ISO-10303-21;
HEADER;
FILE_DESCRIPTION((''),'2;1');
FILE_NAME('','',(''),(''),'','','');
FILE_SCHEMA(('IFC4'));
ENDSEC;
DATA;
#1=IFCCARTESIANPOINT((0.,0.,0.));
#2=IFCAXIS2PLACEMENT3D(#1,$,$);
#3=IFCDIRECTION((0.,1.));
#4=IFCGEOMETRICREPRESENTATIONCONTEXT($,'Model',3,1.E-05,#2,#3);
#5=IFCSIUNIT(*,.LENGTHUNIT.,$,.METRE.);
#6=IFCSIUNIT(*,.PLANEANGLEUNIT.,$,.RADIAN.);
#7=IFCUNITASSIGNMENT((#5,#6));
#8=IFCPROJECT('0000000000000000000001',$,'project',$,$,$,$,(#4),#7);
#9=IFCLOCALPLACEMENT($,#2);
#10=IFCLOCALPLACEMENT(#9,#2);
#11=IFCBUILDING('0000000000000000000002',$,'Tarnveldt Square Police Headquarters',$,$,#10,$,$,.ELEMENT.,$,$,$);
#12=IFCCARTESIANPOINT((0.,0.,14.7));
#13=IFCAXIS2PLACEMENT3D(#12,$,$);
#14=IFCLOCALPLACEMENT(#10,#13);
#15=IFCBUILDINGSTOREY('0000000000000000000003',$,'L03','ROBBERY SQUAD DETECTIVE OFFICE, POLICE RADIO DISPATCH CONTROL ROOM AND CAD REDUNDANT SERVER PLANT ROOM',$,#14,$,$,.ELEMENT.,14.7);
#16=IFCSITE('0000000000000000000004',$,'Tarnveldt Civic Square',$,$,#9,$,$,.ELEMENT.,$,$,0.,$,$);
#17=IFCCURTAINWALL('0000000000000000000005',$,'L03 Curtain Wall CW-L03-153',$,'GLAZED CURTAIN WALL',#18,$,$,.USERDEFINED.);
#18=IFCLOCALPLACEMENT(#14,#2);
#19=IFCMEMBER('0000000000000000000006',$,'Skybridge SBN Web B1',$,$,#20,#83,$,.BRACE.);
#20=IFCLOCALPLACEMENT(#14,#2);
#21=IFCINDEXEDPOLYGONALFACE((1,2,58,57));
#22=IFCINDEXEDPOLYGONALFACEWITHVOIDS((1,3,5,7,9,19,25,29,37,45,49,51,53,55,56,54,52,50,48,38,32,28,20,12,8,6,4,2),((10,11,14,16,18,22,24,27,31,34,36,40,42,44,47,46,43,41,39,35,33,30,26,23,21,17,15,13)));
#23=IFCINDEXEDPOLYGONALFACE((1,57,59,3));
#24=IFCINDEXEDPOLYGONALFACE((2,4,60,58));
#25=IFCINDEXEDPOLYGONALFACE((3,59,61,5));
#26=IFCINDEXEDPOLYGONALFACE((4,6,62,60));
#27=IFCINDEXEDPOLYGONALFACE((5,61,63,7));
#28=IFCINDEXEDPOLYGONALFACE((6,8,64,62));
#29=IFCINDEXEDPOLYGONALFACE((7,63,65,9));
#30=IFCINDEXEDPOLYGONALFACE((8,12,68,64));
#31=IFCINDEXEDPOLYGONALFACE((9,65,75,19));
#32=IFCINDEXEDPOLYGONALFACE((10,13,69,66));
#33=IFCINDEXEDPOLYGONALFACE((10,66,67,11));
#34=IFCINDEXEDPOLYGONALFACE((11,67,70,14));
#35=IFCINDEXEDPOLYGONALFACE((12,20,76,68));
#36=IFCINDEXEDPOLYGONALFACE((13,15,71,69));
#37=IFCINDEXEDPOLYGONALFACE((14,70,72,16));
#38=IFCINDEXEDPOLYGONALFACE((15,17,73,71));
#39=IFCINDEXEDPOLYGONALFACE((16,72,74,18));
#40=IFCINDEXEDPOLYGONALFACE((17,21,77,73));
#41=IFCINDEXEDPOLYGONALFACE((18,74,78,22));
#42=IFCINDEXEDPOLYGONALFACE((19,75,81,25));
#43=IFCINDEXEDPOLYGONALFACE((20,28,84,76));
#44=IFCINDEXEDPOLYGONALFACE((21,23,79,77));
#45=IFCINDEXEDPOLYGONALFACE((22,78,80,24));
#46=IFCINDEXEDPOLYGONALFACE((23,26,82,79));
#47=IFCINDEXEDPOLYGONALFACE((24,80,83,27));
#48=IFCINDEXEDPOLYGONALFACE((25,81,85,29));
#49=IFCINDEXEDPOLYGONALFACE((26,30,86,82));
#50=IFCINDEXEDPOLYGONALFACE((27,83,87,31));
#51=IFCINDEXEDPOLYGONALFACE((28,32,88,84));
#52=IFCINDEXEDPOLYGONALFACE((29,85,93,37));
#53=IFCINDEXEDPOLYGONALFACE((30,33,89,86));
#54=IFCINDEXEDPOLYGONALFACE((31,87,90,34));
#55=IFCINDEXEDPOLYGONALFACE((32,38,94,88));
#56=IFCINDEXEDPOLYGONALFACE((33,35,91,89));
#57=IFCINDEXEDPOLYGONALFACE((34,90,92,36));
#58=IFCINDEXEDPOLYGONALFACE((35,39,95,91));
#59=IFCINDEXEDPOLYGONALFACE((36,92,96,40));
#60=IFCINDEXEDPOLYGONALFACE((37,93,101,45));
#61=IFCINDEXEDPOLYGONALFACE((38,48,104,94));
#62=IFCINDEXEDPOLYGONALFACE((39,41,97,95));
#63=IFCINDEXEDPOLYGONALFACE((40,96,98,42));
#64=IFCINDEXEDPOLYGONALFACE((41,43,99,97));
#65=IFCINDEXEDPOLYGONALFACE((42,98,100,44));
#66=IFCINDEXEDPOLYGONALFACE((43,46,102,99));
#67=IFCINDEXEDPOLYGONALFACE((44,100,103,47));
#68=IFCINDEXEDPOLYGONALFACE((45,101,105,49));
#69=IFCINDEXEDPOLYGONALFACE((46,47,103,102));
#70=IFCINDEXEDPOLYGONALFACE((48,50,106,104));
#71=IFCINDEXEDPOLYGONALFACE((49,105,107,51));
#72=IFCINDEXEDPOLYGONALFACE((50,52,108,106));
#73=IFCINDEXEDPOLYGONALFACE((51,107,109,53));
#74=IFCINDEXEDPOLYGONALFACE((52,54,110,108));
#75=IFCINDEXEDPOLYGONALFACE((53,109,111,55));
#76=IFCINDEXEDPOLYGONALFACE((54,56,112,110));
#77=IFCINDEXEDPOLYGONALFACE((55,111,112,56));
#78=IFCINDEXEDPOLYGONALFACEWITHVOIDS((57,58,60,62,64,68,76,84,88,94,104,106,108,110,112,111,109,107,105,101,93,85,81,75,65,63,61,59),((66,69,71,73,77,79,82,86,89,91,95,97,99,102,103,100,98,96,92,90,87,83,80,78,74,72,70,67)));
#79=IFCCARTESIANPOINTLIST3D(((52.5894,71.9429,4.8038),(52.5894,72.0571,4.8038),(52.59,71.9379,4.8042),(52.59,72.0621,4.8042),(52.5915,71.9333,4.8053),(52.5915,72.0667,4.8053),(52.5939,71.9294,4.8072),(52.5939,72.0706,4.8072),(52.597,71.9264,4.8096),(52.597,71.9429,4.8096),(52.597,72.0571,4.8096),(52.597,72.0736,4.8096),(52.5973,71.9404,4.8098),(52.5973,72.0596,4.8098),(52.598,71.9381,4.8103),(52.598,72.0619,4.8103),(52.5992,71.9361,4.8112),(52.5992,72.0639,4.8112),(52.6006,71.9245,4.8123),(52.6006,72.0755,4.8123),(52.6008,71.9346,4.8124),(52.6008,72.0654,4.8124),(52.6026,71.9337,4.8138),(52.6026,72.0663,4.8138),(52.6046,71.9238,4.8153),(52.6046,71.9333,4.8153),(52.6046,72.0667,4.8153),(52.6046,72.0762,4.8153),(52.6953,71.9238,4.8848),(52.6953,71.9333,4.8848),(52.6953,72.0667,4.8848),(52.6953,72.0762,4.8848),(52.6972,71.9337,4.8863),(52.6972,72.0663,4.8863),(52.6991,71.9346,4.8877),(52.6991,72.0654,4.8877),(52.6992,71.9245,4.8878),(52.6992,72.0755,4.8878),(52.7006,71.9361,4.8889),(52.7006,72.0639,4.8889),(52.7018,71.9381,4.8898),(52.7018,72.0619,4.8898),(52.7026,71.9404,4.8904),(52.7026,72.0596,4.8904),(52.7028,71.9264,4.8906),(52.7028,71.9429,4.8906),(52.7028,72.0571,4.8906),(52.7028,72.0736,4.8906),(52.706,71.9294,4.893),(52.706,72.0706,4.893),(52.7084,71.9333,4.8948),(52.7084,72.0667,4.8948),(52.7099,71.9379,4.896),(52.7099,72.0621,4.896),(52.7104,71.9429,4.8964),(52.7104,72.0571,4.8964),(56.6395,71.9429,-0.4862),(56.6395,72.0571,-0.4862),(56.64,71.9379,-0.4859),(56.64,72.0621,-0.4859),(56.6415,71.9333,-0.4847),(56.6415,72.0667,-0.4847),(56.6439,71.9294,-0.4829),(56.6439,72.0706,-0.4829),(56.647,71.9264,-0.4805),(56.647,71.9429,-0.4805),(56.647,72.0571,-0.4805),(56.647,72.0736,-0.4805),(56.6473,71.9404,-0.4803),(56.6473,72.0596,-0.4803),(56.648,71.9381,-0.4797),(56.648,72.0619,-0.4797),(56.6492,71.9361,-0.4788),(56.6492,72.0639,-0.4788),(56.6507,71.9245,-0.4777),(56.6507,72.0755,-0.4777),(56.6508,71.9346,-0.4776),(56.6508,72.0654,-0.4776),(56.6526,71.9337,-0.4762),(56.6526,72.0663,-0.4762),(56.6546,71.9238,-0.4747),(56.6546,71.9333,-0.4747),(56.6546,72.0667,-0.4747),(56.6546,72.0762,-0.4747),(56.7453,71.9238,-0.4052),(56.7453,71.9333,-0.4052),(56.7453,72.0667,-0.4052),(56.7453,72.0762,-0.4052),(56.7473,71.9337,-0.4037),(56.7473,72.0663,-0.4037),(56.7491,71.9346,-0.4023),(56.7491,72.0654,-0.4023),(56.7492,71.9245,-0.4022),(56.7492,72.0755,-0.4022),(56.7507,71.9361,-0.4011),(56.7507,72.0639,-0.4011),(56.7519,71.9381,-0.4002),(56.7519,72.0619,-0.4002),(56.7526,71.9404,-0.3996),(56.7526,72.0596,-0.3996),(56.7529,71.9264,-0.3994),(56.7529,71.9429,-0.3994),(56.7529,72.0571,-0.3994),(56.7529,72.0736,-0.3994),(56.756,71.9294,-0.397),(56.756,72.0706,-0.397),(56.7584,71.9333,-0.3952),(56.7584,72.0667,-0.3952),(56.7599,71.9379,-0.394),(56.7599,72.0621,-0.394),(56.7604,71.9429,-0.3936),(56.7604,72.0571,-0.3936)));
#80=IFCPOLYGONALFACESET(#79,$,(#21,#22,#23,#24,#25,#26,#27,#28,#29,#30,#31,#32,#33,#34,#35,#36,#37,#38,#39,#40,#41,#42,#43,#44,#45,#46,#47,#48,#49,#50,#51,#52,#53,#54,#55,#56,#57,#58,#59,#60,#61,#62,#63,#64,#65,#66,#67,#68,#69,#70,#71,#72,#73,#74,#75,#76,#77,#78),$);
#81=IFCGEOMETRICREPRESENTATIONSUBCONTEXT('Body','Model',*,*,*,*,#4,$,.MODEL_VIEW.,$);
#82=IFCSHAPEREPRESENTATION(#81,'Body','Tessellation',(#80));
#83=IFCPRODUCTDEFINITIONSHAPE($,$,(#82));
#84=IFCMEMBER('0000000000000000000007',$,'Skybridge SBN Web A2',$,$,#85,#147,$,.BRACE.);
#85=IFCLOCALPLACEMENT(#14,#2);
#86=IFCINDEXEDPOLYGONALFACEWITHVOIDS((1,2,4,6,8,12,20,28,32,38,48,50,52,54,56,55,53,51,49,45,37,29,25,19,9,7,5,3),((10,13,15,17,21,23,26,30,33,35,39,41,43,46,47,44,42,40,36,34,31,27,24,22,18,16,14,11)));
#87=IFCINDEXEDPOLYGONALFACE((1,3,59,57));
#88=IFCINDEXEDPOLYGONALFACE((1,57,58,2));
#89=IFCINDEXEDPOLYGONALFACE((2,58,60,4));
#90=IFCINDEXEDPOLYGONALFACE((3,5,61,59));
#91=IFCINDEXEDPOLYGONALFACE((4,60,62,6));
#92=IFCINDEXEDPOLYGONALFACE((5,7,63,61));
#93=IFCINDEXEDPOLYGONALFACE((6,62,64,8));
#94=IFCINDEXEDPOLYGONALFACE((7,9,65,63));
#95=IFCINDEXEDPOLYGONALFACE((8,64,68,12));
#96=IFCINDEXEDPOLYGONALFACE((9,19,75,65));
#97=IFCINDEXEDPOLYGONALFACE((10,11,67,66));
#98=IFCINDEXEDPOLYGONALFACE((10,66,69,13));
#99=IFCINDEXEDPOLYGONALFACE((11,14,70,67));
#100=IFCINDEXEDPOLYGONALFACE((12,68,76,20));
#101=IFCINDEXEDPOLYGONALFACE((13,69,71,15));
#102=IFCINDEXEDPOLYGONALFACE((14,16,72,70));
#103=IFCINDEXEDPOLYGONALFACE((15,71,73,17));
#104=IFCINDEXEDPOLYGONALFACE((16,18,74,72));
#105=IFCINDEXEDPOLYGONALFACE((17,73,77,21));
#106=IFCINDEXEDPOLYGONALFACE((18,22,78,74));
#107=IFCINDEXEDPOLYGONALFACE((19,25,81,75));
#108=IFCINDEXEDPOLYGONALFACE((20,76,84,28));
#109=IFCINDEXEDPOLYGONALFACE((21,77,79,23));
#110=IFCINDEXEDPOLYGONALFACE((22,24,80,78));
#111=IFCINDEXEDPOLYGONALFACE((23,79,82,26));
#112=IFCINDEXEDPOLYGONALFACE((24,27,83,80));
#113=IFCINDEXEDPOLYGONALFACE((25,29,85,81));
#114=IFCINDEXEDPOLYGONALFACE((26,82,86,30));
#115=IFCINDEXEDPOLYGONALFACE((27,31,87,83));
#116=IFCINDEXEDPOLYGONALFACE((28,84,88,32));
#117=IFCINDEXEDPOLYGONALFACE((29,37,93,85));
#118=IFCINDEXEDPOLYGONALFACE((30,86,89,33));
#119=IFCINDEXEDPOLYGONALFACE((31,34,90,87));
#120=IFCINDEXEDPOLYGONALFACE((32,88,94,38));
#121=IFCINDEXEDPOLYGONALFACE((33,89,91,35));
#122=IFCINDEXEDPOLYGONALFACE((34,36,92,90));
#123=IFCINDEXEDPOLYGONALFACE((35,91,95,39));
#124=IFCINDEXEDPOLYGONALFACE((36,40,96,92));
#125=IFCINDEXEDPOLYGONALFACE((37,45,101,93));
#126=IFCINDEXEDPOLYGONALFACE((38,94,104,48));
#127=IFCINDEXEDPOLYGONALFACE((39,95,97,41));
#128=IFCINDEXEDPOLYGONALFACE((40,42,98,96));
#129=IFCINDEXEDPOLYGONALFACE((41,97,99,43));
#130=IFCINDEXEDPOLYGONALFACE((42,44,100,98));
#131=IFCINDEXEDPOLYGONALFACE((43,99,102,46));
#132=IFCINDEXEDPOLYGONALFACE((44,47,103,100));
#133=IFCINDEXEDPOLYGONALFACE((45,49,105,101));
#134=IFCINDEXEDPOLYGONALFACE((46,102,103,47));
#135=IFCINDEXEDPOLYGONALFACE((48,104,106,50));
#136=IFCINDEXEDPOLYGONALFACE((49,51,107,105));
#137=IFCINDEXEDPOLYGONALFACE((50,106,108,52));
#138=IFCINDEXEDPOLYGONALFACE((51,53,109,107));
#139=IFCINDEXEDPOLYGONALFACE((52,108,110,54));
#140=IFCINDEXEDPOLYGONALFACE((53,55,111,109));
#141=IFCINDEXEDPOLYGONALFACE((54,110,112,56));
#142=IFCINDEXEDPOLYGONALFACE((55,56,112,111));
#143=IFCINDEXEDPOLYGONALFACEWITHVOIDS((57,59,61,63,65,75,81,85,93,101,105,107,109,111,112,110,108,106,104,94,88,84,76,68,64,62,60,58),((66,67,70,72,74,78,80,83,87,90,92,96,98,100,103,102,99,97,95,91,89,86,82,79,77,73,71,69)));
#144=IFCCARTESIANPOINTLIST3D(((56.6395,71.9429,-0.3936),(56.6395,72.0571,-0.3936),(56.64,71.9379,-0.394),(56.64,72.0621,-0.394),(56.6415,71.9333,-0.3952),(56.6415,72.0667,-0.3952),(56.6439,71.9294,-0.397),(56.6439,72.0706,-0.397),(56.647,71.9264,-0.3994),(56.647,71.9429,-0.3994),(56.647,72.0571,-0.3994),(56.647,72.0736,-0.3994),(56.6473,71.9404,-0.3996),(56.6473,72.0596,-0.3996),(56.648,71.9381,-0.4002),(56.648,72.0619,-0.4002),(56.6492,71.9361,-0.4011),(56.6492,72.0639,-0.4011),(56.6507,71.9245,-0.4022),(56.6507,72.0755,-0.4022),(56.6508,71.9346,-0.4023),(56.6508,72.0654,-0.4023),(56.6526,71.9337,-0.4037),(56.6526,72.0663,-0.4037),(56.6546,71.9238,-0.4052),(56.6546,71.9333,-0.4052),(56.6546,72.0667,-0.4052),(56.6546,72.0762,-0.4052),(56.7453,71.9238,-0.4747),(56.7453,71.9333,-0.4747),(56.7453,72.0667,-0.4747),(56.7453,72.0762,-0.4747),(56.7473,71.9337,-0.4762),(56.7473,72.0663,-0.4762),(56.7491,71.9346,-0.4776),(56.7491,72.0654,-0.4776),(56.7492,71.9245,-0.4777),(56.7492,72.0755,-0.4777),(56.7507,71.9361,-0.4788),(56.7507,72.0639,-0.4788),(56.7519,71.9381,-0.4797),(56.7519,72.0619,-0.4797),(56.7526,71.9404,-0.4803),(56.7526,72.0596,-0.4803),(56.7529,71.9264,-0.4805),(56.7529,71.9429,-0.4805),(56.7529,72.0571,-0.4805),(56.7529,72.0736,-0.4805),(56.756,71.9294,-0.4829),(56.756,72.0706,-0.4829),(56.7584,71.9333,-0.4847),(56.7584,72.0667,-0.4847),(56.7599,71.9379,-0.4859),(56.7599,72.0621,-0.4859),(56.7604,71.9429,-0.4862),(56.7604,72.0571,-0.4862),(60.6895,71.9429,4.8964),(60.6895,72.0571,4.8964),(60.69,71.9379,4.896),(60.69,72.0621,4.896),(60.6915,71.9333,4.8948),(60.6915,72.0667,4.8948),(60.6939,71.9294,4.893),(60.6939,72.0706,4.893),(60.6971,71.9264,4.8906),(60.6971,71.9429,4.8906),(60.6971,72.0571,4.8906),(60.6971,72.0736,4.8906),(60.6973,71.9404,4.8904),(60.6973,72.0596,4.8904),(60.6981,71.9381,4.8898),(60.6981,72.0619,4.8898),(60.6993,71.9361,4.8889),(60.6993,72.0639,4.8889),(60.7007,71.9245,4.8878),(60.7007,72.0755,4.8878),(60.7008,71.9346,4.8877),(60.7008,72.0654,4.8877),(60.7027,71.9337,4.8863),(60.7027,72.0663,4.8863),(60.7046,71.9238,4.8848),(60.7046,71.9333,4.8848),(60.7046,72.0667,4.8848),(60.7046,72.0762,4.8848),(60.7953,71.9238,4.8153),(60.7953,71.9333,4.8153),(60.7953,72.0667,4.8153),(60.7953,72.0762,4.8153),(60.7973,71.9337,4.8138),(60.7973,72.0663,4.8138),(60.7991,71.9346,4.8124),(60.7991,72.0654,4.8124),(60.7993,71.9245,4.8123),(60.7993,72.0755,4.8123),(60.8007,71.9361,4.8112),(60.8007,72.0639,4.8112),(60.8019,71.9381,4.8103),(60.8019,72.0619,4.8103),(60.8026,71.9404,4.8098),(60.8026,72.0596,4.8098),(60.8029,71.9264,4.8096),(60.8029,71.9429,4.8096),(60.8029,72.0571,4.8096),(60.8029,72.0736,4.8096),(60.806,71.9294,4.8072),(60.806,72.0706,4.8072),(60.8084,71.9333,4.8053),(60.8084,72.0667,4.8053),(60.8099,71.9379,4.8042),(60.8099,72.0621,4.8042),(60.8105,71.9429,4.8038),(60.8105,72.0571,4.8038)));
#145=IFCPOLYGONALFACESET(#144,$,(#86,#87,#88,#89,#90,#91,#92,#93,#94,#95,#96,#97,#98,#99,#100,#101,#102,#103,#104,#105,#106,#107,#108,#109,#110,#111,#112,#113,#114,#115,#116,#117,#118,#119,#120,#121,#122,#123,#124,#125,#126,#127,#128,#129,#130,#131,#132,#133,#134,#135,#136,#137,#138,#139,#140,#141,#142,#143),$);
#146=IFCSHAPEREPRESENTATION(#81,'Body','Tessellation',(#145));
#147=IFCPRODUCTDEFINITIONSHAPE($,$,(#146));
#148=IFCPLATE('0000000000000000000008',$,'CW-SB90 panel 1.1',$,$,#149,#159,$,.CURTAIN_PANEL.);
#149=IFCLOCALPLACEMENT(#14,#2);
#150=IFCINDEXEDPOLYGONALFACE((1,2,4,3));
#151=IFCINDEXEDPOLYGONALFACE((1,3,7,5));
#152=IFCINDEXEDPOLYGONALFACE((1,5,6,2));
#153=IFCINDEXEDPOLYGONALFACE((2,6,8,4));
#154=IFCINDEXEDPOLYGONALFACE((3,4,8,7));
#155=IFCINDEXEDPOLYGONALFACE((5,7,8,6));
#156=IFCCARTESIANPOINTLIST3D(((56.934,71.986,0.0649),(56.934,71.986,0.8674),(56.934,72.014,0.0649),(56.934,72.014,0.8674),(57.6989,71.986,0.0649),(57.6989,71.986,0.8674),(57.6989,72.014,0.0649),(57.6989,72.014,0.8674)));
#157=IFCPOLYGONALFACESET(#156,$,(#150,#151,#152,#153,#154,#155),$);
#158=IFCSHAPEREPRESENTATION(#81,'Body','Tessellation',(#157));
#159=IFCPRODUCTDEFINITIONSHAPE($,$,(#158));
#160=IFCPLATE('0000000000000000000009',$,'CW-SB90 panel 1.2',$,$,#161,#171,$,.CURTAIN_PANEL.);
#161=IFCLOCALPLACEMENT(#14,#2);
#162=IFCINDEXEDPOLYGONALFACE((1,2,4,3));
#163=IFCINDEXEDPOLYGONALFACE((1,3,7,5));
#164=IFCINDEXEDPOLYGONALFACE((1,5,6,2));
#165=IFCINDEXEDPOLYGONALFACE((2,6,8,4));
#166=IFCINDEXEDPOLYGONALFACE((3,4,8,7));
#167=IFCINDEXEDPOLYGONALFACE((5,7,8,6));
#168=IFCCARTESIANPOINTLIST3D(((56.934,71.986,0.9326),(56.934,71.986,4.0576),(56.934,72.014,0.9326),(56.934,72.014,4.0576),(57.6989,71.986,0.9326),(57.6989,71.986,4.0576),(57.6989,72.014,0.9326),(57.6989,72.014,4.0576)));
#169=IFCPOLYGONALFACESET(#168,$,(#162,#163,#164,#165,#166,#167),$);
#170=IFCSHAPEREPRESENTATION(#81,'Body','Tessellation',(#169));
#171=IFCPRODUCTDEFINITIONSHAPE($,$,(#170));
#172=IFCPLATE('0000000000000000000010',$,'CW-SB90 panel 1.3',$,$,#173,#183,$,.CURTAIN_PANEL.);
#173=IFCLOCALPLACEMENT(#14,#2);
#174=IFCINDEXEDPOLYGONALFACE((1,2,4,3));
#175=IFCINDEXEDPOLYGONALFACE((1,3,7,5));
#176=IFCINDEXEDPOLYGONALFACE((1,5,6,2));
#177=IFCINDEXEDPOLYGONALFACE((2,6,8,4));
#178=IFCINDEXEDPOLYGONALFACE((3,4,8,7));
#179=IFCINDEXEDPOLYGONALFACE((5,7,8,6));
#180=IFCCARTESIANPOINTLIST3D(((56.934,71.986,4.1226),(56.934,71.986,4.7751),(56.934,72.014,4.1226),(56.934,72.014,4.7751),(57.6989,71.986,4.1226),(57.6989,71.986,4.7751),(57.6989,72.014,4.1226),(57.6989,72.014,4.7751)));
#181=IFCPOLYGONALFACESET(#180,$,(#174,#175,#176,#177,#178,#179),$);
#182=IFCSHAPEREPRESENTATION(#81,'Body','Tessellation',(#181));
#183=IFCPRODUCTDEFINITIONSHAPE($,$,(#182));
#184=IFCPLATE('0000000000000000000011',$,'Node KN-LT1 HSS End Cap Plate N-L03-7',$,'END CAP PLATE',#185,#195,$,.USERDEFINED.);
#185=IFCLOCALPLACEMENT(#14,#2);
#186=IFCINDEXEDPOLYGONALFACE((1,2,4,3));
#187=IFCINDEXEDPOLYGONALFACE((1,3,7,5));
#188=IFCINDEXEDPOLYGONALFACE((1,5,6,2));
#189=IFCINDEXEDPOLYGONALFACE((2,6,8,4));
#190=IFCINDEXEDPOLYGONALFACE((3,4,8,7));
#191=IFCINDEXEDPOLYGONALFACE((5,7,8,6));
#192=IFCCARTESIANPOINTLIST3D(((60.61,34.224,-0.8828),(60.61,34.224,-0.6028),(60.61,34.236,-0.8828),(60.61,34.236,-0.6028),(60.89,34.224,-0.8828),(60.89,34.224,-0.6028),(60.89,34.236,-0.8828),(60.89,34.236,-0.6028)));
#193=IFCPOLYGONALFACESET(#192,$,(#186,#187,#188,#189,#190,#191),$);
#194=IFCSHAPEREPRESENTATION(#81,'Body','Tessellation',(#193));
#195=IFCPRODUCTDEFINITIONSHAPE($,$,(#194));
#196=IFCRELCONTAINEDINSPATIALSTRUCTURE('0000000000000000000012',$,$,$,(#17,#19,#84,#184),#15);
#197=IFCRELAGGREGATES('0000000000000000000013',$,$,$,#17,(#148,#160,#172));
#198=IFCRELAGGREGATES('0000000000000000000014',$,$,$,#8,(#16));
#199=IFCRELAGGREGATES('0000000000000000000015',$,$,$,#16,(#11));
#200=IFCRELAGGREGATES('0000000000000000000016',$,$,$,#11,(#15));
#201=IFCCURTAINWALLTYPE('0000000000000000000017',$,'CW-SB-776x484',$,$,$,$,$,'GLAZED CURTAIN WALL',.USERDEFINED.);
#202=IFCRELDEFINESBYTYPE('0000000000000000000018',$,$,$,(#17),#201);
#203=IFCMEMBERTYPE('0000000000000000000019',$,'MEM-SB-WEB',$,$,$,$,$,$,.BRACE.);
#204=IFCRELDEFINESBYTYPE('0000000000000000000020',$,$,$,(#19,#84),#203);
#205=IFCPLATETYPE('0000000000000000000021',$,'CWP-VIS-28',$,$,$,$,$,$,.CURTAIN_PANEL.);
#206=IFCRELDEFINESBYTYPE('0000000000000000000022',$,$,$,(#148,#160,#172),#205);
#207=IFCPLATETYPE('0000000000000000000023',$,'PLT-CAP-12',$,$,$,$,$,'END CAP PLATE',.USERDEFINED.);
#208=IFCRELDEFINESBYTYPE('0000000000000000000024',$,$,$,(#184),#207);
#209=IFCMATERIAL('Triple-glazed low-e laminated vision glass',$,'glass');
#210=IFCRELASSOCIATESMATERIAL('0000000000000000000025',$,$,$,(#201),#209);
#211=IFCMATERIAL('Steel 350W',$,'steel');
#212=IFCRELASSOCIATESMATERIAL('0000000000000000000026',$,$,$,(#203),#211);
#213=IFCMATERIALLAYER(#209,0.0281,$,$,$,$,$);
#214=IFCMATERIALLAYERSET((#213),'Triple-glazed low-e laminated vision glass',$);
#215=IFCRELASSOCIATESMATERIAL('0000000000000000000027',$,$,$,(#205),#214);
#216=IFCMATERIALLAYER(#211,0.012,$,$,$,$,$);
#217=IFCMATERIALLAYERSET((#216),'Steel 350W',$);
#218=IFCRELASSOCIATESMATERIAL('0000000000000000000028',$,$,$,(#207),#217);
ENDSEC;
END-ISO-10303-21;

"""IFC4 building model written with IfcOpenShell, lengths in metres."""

from ifc_helpers import new_model, si_unit, direction, frame, origin, origin_2d, place, context, subcontext, project, spatial, rectangle, hollow_rectangle, extrude, material, layer, layer_set, material_profile, profile_set, type_object, element, aggregate, save


model = new_model("IFC4")

# Units and contexts
model_context = context("Model", 3, precision=1e-05, world=origin(), true_north=direction((0.0, 1.0)))
body_context = subcontext(model_context, "Body", "Model", "MODEL_VIEW")
ifc_project = project(units=[si_unit("LENGTHUNIT", "METRE"), si_unit("PLANEANGLEUNIT", "RADIAN")], contexts=[model_context])

# Site, building, storey
site_placement = place(None, origin())
site = spatial("IfcSite", under=ifc_project, at=site_placement, Name="Tarnveldt Civic Square", CompositionType="ELEMENT", RefElevation=0.0)
building_placement = place(site_placement, origin())
building = spatial("IfcBuilding", under=site, at=building_placement, Name="Tarnveldt Square Police Headquarters", CompositionType="ELEMENT")
storey_placement = place(building_placement, frame((0.0, 0.0, 14.7)))
storey = spatial("IfcBuildingStorey", under=building, at=storey_placement, Name="L03", Description="ROBBERY SQUAD DETECTIVE OFFICE, POLICE RADIO DISPATCH CONTROL ROOM AND CAD REDUNDANT SERVER PLANT ROOM", CompositionType="ELEMENT", Elevation=14.7)

# Shared definitions
ifc_material_1 = material(Name="Steel 350W", Category="steel")

# Curtain wall
ifc_material_2 = material(Name="Triple-glazed low-e laminated vision glass", Category="glass")
curtain_wall_type = type_object("IfcCurtainWallType", Name="CW-SB-776x484", ElementType="GLAZED CURTAIN WALL", PredefinedType="USERDEFINED", material=ifc_material_2)
curtain_wall_placement = place(storey_placement, origin())
curtain_wall = element("IfcCurtainWall", 1, at=curtain_wall_placement, inside=storey, type_object=curtain_wall_type, Name="L03 Curtain Wall CW-L03-153", ObjectType="GLAZED CURTAIN WALL", PredefinedType="USERDEFINED")

# Members
ifc_material_profile_1 = material_profile(ifc_material_1, hollow_rectangle(XDim=0.1523, YDim=0.1523, WallThickness=0.0095, InnerFilletRadius=0.0095, OuterFilletRadius=0.019, at=origin_2d()), Name="HSS152x152x9.5")
ifc_profile_set_1 = profile_set([ifc_material_profile_1], Name="Steel 350W")
member_type_1 = type_object("IfcMemberType", Name="MEM-SB-WEB", PredefinedType="BRACE", material=ifc_profile_set_1)
for number, where, z_axis, x_axis, name in (
    (2, (56.7, 72.0, -0.4399), (-0.607898, 0.0, 0.794016), (0.0, -1.0, 0.0), "Skybridge SBN Web B1"),
    (3, (56.7, 72.0, -0.4399), (0.607898, 0.0, 0.794016), (0.0, 1.0, 0.0), "Skybridge SBN Web A2"),
):
    element("IfcMember", number, at=place(storey_placement, frame(where, z_axis=z_axis, x_axis=x_axis)), inside=storey, type_object=member_type_1, Name=name, PredefinedType="BRACE", context=body_context, shape_type="SweptSolid", body=[
        extrude(hollow_rectangle(XDim=0.1523, YDim=0.1523, WallThickness=0.0095, InnerFilletRadius=0.0095, OuterFilletRadius=0.019, at=origin_2d()), origin(), (0.0, 0.0, 1.0), 6.6624),
    ])

# Plates
ifc_layer_1 = layer(ifc_material_2, 0.0281)
ifc_layer_set_1 = layer_set([ifc_layer_1], Name="Triple-glazed low-e laminated vision glass")
plate_type_1 = type_object("IfcPlateType", Name="CWP-VIS-28", PredefinedType="CURTAIN_PANEL", material=ifc_layer_set_1)
plate_1_placement = place(storey_placement, frame((57.3164, 72.0, 0.0649), z_axis=(0.0, 0.0, 1.0), x_axis=(1.0, 0.0, 0.0)))
plate_1 = element("IfcPlate", 4, at=plate_1_placement, type_object=plate_type_1, Name="CW-SB90 panel 1.1", PredefinedType="CURTAIN_PANEL", context=body_context, shape_type="SweptSolid", body=[
    extrude(rectangle(XDim=0.7649, YDim=0.0281, at=origin_2d()), origin(), (0.0, 0.0, 1.0), 0.8025),
])
plate_2_placement = place(storey_placement, frame((57.3164, 72.0, 0.9326), z_axis=(0.0, 0.0, 1.0), x_axis=(1.0, 0.0, 0.0)))
plate_2 = element("IfcPlate", 5, at=plate_2_placement, type_object=plate_type_1, Name="CW-SB90 panel 1.2", PredefinedType="CURTAIN_PANEL", context=body_context, shape_type="SweptSolid", body=[
    extrude(rectangle(XDim=0.7649, YDim=0.0281, at=origin_2d()), origin(), (0.0, 0.0, 1.0), 3.125),
])
plate_3_placement = place(storey_placement, frame((57.3164, 72.0, 4.1226), z_axis=(0.0, 0.0, 1.0), x_axis=(1.0, 0.0, 0.0)))
plate_3 = element("IfcPlate", 6, at=plate_3_placement, type_object=plate_type_1, Name="CW-SB90 panel 1.3", PredefinedType="CURTAIN_PANEL", context=body_context, shape_type="SweptSolid", body=[
    extrude(rectangle(XDim=0.7649, YDim=0.0281, at=origin_2d()), origin(), (0.0, 0.0, 1.0), 0.6526),
])
aggregate(curtain_wall, [plate_1, plate_2, plate_3])

# Plate
ifc_layer_2 = layer(ifc_material_1, 0.012)
ifc_layer_set_2 = layer_set([ifc_layer_2], Name="Steel 350W")
plate_type_2 = type_object("IfcPlateType", Name="PLT-CAP-12", ElementType="END CAP PLATE", PredefinedType="USERDEFINED", material=ifc_layer_set_2)
plate_4_placement = place(storey_placement, frame((60.75, 34.23, -0.8828), z_axis=(0.0, 0.0, 1.0), x_axis=(1.0, 0.0, 0.0)))
element("IfcPlate", 7, at=plate_4_placement, inside=storey, type_object=plate_type_2, Name="Node KN-LT1 HSS End Cap Plate N-L03-7", ObjectType="END CAP PLATE", PredefinedType="USERDEFINED", context=body_context, shape_type="SweptSolid", body=[
    extrude(rectangle(XDim=0.28, YDim=0.012, at=origin_2d()), origin(), (0.0, 0.0, 1.0), 0.28),
])

save(model, "model.ifc")
